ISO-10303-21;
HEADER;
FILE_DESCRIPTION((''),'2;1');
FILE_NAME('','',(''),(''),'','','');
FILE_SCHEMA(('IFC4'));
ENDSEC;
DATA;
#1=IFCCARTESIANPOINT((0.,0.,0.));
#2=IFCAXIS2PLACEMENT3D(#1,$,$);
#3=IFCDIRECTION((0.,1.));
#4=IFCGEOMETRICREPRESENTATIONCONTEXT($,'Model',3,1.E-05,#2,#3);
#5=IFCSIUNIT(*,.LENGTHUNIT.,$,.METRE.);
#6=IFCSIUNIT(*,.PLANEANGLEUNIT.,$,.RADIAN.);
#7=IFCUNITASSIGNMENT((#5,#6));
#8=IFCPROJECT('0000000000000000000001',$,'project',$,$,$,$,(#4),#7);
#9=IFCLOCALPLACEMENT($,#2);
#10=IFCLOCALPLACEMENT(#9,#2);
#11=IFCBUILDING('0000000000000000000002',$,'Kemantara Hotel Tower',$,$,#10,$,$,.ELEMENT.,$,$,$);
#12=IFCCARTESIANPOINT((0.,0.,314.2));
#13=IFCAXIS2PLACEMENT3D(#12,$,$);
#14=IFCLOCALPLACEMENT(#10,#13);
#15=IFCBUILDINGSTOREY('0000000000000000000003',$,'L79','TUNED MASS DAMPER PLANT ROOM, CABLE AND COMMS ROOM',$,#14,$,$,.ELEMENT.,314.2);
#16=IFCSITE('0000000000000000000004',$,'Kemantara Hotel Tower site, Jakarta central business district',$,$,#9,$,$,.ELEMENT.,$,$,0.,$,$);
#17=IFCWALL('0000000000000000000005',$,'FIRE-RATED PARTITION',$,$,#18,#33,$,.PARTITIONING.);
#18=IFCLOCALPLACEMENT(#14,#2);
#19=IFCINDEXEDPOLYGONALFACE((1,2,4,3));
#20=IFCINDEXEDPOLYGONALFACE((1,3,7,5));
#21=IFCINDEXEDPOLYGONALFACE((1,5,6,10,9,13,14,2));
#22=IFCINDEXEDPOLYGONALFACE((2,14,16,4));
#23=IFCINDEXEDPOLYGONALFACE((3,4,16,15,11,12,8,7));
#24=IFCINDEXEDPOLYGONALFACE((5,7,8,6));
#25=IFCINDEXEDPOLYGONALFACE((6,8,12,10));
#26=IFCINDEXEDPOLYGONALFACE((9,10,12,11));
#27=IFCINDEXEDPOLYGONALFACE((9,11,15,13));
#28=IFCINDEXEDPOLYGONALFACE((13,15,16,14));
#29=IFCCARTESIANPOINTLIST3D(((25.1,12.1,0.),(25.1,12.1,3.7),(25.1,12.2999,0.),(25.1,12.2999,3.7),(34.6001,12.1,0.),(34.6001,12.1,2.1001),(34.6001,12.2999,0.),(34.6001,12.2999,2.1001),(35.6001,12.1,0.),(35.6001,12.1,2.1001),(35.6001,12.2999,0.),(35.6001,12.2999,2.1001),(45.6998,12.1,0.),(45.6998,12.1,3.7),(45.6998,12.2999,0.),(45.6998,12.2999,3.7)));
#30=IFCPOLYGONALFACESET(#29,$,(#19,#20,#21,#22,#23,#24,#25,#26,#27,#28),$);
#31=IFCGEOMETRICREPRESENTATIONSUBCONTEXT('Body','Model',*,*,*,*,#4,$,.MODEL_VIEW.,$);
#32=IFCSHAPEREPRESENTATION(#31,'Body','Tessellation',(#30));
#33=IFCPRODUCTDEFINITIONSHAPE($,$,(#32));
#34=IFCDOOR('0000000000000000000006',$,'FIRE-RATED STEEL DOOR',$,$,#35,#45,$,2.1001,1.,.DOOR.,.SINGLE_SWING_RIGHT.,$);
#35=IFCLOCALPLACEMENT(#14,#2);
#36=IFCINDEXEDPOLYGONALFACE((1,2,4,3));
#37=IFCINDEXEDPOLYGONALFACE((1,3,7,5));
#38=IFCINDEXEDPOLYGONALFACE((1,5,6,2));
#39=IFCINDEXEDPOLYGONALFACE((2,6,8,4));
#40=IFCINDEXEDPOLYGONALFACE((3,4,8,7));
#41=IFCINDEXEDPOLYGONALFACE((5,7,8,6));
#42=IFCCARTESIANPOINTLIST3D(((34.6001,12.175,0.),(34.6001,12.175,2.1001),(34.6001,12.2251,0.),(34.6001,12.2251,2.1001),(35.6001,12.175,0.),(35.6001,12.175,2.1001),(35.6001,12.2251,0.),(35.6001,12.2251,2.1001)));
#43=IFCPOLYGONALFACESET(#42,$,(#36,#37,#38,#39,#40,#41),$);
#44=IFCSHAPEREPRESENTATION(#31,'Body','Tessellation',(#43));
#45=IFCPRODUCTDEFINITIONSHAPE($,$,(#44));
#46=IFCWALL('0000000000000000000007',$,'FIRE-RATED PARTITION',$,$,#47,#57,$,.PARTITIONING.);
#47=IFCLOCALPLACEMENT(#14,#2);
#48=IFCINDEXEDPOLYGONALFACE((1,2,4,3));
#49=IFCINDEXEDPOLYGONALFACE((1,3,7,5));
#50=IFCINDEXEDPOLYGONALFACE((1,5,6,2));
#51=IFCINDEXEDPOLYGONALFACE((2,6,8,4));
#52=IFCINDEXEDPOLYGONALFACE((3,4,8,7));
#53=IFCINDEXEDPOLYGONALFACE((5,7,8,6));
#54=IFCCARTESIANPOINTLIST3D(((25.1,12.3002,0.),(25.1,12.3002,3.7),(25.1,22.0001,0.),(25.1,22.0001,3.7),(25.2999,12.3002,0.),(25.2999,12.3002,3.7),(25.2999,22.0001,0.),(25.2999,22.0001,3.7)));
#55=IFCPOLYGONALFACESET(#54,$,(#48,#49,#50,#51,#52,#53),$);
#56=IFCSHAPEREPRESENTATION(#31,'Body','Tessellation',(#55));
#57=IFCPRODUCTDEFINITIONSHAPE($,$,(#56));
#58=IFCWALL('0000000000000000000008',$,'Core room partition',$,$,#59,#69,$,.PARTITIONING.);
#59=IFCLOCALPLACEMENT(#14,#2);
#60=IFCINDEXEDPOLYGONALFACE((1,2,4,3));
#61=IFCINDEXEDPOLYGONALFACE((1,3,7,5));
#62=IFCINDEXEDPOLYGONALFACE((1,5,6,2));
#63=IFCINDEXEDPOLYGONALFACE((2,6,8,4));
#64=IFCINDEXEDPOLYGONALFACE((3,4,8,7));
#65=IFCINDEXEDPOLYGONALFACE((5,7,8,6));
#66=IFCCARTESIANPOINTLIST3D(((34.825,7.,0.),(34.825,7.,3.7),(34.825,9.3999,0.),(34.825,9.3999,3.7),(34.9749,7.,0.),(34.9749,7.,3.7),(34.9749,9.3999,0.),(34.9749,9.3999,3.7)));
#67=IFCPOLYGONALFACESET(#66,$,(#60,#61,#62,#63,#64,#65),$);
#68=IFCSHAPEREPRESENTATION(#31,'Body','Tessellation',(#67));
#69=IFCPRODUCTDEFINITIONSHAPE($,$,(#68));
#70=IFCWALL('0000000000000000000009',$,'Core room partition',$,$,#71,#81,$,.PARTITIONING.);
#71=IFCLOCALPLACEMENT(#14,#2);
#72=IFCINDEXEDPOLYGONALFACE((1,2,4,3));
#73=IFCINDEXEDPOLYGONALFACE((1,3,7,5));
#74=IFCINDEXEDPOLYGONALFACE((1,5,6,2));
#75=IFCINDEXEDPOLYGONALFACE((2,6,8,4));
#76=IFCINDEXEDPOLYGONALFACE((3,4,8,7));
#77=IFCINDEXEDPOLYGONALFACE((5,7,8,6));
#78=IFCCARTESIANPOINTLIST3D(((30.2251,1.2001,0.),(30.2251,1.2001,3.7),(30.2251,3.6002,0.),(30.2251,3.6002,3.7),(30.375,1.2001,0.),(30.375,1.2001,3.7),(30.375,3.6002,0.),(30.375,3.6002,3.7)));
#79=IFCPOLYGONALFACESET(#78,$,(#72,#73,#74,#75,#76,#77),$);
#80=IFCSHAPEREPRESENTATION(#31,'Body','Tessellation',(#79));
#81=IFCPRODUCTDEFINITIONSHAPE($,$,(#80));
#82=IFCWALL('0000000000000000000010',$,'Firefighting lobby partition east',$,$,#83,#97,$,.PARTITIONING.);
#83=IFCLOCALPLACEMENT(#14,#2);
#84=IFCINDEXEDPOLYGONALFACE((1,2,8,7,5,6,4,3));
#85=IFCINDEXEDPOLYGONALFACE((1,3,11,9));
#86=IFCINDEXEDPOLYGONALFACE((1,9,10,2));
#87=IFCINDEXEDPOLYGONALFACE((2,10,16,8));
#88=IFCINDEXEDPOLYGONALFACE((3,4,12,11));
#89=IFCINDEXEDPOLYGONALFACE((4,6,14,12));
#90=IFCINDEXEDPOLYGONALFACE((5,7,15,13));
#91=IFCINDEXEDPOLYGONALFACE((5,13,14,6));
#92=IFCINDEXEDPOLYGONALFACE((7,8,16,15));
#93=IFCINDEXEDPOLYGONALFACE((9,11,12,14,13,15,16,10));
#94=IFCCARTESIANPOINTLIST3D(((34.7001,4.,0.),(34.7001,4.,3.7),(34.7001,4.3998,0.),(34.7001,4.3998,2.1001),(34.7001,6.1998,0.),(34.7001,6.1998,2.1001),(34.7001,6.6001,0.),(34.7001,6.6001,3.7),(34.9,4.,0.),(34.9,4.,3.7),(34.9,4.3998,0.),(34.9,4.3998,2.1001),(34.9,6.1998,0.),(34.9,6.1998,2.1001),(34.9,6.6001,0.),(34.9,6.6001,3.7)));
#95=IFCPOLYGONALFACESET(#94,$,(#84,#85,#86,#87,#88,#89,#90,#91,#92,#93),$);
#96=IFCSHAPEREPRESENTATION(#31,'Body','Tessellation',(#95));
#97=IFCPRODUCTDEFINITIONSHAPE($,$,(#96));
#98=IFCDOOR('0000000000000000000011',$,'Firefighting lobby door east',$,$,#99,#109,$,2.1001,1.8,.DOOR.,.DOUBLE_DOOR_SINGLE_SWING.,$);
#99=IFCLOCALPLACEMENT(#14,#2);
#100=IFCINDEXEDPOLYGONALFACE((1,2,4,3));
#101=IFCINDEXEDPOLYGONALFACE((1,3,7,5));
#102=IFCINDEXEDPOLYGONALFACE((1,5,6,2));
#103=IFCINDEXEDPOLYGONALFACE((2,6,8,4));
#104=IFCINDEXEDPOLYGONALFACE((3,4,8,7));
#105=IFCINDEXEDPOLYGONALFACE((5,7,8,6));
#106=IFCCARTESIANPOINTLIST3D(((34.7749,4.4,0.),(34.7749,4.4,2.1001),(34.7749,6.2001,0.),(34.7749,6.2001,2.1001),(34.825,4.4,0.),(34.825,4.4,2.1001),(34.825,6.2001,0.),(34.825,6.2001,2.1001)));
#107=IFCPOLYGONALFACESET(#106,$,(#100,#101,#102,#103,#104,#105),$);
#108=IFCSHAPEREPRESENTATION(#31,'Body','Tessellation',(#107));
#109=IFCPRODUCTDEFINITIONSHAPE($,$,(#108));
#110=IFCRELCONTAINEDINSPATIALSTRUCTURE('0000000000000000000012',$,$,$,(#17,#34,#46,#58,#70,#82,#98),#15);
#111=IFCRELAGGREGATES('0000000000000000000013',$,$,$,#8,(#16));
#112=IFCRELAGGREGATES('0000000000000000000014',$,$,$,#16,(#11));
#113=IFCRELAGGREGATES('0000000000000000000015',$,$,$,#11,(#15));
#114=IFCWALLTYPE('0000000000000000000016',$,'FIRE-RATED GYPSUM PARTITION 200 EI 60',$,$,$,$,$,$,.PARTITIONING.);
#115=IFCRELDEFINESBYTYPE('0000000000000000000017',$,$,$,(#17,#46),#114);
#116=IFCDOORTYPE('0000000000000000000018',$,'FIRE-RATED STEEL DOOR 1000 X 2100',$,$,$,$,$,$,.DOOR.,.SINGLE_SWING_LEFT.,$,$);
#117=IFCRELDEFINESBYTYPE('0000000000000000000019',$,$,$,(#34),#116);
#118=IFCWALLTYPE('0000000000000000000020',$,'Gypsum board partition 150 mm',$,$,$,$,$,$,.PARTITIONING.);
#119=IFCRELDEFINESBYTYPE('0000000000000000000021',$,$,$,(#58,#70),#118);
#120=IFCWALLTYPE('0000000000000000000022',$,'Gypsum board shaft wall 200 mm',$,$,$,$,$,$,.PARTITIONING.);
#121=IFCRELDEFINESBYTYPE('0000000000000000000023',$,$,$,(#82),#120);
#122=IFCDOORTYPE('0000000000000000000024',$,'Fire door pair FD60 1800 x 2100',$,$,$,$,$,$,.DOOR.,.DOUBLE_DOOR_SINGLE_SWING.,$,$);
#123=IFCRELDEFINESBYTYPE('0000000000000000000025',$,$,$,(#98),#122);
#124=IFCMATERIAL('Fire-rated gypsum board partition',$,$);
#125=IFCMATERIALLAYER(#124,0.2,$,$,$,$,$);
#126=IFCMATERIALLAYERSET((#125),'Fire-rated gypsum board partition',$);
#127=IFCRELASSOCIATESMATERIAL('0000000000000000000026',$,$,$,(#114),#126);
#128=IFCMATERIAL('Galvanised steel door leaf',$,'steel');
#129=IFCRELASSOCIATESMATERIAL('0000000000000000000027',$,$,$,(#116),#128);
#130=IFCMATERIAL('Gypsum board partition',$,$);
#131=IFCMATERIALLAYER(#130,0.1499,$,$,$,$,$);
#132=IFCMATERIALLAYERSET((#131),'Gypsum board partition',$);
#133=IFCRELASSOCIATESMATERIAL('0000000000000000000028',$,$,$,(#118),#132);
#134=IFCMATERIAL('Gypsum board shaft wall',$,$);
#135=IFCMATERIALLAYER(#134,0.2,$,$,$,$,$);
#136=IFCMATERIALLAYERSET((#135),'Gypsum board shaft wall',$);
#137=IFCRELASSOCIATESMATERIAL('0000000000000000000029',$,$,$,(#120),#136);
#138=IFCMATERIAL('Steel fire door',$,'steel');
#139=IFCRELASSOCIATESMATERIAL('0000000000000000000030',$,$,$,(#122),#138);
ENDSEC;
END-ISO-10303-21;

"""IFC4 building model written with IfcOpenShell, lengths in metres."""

from ifc_helpers import new_model, si_unit, direction, frame, frame_2d, origin, place, context, subcontext, project, spatial, rectangle, extrude, material, layer, layer_set, type_object, element, fill, save


model = new_model("IFC4")

# Units and contexts
model_context = context("Model", 3, precision=1e-05, world=origin(), true_north=direction((0.0, 1.0)))
body_context = subcontext(model_context, "Body", "Model", "MODEL_VIEW")
ifc_project = project(units=[si_unit("LENGTHUNIT", "METRE"), si_unit("PLANEANGLEUNIT", "RADIAN")], contexts=[model_context])

# Site, building, storey
site_placement = place(None, origin())
site = spatial("IfcSite", under=ifc_project, at=site_placement, Name="Kemantara Hotel Tower site, Jakarta central business district", CompositionType="ELEMENT", RefElevation=0.0)
building_placement = place(site_placement, origin())
building = spatial("IfcBuilding", under=site, at=building_placement, Name="Kemantara Hotel Tower", CompositionType="ELEMENT")
storey_placement = place(building_placement, frame((0.0, 0.0, 314.2)))
storey = spatial("IfcBuildingStorey", under=building, at=storey_placement, Name="L79", Description="TUNED MASS DAMPER PLANT ROOM, CABLE AND COMMS ROOM", CompositionType="ELEMENT", Elevation=314.2)

# Shared definitions
ifc_material_1 = material(Name="Steel fire door", Category="steel")

# Wall, opening, door
ifc_material_2 = material(Name="Fire-rated gypsum board partition")
ifc_layer_1 = layer(ifc_material_2, 0.2)
ifc_layer_set_1 = layer_set([ifc_layer_1], Name="Fire-rated gypsum board partition")
wall_type_1 = type_object("IfcWallType", Name="FIRE-RATED GYPSUM PARTITION 200 EI 60", PredefinedType="PARTITIONING", material=ifc_layer_set_1)
wall_1_placement = place(storey_placement, frame((25.1001, 12.2, 0.0), z_axis=(0.0, 0.0, 1.0), x_axis=(1.0, 0.0, 0.0)))
wall_1 = element("IfcWall", 1, at=wall_1_placement, inside=storey, type_object=wall_type_1, Name="FIRE-RATED PARTITION", PredefinedType="PARTITIONING", context=body_context, shape_type="SweptSolid", body=[
    extrude(rectangle(XDim=20.5999, YDim=0.2, at=frame_2d((10.2998, 0.0))), origin(), (0.0, 0.0, 1.0), 3.7),
])
opening_1_placement = place(wall_1_placement, frame((9.5, 0.0, 0.0)))
opening_1 = element("IfcOpeningElement", 2, at=opening_1_placement, cuts=wall_1, PredefinedType="OPENING", context=body_context, shape_type="SweptSolid", body=[
    extrude(rectangle(XDim=1.0, YDim=2.1001, at=frame_2d((0.5, 1.05))), frame((0.0, 0.1099, 0.0), z_axis=(0.0, -1.0, 0.0), x_axis=(1.0, 0.0, 0.0)), (0.0, 0.0, 1.0), 0.22),
])
ifc_material_3 = material(Name="Galvanised steel door leaf", Category="steel")
door_type_1 = type_object("IfcDoorType", Name="FIRE-RATED STEEL DOOR 1000 X 2100", OperationType="SINGLE_SWING_LEFT", PredefinedType="DOOR", material=ifc_material_3)
door_1_placement = place(opening_1_placement, frame((1.0, 0.0, 0.0), z_axis=(0.0, 0.0, 1.0), x_axis=(-1.0, 0.0, 0.0)))
door_1 = element("IfcDoor", 3, at=door_1_placement, inside=storey, type_object=door_type_1, Name="FIRE-RATED STEEL DOOR", OperationType="SINGLE_SWING_RIGHT", OverallHeight=2.1001, OverallWidth=1.0, PredefinedType="DOOR", context=body_context, shape_type="SweptSolid", body=[
    extrude(rectangle(XDim=1.0, YDim=2.1001, at=frame_2d((0.5, 1.05))), frame((0.0, 0.0249, 0.0), z_axis=(0.0, -1.0, 0.0), x_axis=(1.0, 0.0, 0.0)), (0.0, 0.0, 1.0), 0.05),
])
fill(opening_1, door_1)

# Walls
wall_2_placement = place(storey_placement, frame((25.2, 12.3, 0.0), z_axis=(0.0, 0.0, 1.0), x_axis=(0.0, 1.0, 0.0)))
element("IfcWall", 4, at=wall_2_placement, inside=storey, type_object=wall_type_1, Name="FIRE-RATED PARTITION", PredefinedType="PARTITIONING", context=body_context, shape_type="SweptSolid", body=[
    extrude(rectangle(XDim=9.7, YDim=0.2, at=frame_2d((4.8501, 0.0))), origin(), (0.0, 0.0, 1.0), 3.7),
])
ifc_material_4 = material(Name="Gypsum board partition")
ifc_layer_2 = layer(ifc_material_4, 0.1499)
ifc_layer_set_2 = layer_set([ifc_layer_2], Name="Gypsum board partition")
wall_type_2 = type_object("IfcWallType", Name="Gypsum board partition 150 mm", PredefinedType="PARTITIONING", material=ifc_layer_set_2)
wall_3_placement = place(storey_placement, frame((34.8999, 7.0, 0.0), z_axis=(0.0, 0.0, 1.0), x_axis=(0.0, 1.0, 0.0)))
element("IfcWall", 5, at=wall_3_placement, inside=storey, type_object=wall_type_2, Name="Core room partition", PredefinedType="PARTITIONING", context=body_context, shape_type="SweptSolid", body=[
    extrude(rectangle(XDim=2.3999, YDim=0.1499, at=frame_2d((1.2, 0.0))), origin(), (0.0, 0.0, 1.0), 3.7),
])
wall_4_placement = place(storey_placement, frame((30.3, 1.2, 0.0), z_axis=(0.0, 0.0, 1.0), x_axis=(0.0, 1.0, 0.0)))
element("IfcWall", 6, at=wall_4_placement, inside=storey, type_object=wall_type_2, Name="Core room partition", PredefinedType="PARTITIONING", context=body_context, shape_type="SweptSolid", body=[
    extrude(rectangle(XDim=2.4001, YDim=0.1499, at=frame_2d((1.2002, 0.0))), origin(), (0.0, 0.0, 1.0), 3.7),
])

# Wall, opening, door
ifc_material_5 = material(Name="Gypsum board shaft wall")
ifc_layer_3 = layer(ifc_material_5, 0.2)
ifc_layer_set_3 = layer_set([ifc_layer_3], Name="Gypsum board shaft wall")
wall_type_3 = type_object("IfcWallType", Name="Gypsum board shaft wall 200 mm", PredefinedType="PARTITIONING", material=ifc_layer_set_3)
wall_5_placement = place(storey_placement, frame((34.8, 4.0, 0.0), z_axis=(0.0, 0.0, 1.0), x_axis=(0.0, 1.0, 0.0)))
wall_5 = element("IfcWall", 7, at=wall_5_placement, inside=storey, type_object=wall_type_3, Name="Firefighting lobby partition east", PredefinedType="PARTITIONING", context=body_context, shape_type="SweptSolid", body=[
    extrude(rectangle(XDim=2.6001, YDim=0.2, at=frame_2d((1.3, 0.0))), origin(), (0.0, 0.0, 1.0), 3.7),
])
opening_2_placement = place(wall_5_placement, frame((0.3999, 0.0, 0.0)))
opening_2 = element("IfcOpeningElement", 8, at=opening_2_placement, cuts=wall_5, PredefinedType="OPENING", context=body_context, shape_type="SweptSolid", body=[
    extrude(rectangle(XDim=1.8, YDim=2.1001, at=frame_2d((0.8999, 1.05))), frame((0.0, 0.1099, 0.0), z_axis=(0.0, -1.0, 0.0), x_axis=(1.0, 0.0, 0.0)), (0.0, 0.0, 1.0), 0.22),
])
door_type_2 = type_object("IfcDoorType", Name="Fire door pair FD60 1800 x 2100", OperationType="DOUBLE_DOOR_SINGLE_SWING", PredefinedType="DOOR", material=ifc_material_1)
door_2_placement = place(opening_2_placement, frame((1.8, 0.0, 0.0), z_axis=(0.0, 0.0, 1.0), x_axis=(-1.0, 0.0, 0.0)))
door_2 = element("IfcDoor", 9, at=door_2_placement, inside=storey, type_object=door_type_2, Name="Firefighting lobby door east", OperationType="DOUBLE_DOOR_SINGLE_SWING", OverallHeight=2.1001, OverallWidth=1.8, PredefinedType="DOOR", context=body_context, shape_type="SweptSolid", body=[
    extrude(rectangle(XDim=1.8, YDim=2.1001, at=frame_2d((0.8999, 1.05))), frame((0.0, 0.0249, 0.0), z_axis=(0.0, -1.0, 0.0), x_axis=(1.0, 0.0, 0.0)), (0.0, 0.0, 1.0), 0.05),
])
fill(opening_2, door_2)

save(model, "model.ifc")
